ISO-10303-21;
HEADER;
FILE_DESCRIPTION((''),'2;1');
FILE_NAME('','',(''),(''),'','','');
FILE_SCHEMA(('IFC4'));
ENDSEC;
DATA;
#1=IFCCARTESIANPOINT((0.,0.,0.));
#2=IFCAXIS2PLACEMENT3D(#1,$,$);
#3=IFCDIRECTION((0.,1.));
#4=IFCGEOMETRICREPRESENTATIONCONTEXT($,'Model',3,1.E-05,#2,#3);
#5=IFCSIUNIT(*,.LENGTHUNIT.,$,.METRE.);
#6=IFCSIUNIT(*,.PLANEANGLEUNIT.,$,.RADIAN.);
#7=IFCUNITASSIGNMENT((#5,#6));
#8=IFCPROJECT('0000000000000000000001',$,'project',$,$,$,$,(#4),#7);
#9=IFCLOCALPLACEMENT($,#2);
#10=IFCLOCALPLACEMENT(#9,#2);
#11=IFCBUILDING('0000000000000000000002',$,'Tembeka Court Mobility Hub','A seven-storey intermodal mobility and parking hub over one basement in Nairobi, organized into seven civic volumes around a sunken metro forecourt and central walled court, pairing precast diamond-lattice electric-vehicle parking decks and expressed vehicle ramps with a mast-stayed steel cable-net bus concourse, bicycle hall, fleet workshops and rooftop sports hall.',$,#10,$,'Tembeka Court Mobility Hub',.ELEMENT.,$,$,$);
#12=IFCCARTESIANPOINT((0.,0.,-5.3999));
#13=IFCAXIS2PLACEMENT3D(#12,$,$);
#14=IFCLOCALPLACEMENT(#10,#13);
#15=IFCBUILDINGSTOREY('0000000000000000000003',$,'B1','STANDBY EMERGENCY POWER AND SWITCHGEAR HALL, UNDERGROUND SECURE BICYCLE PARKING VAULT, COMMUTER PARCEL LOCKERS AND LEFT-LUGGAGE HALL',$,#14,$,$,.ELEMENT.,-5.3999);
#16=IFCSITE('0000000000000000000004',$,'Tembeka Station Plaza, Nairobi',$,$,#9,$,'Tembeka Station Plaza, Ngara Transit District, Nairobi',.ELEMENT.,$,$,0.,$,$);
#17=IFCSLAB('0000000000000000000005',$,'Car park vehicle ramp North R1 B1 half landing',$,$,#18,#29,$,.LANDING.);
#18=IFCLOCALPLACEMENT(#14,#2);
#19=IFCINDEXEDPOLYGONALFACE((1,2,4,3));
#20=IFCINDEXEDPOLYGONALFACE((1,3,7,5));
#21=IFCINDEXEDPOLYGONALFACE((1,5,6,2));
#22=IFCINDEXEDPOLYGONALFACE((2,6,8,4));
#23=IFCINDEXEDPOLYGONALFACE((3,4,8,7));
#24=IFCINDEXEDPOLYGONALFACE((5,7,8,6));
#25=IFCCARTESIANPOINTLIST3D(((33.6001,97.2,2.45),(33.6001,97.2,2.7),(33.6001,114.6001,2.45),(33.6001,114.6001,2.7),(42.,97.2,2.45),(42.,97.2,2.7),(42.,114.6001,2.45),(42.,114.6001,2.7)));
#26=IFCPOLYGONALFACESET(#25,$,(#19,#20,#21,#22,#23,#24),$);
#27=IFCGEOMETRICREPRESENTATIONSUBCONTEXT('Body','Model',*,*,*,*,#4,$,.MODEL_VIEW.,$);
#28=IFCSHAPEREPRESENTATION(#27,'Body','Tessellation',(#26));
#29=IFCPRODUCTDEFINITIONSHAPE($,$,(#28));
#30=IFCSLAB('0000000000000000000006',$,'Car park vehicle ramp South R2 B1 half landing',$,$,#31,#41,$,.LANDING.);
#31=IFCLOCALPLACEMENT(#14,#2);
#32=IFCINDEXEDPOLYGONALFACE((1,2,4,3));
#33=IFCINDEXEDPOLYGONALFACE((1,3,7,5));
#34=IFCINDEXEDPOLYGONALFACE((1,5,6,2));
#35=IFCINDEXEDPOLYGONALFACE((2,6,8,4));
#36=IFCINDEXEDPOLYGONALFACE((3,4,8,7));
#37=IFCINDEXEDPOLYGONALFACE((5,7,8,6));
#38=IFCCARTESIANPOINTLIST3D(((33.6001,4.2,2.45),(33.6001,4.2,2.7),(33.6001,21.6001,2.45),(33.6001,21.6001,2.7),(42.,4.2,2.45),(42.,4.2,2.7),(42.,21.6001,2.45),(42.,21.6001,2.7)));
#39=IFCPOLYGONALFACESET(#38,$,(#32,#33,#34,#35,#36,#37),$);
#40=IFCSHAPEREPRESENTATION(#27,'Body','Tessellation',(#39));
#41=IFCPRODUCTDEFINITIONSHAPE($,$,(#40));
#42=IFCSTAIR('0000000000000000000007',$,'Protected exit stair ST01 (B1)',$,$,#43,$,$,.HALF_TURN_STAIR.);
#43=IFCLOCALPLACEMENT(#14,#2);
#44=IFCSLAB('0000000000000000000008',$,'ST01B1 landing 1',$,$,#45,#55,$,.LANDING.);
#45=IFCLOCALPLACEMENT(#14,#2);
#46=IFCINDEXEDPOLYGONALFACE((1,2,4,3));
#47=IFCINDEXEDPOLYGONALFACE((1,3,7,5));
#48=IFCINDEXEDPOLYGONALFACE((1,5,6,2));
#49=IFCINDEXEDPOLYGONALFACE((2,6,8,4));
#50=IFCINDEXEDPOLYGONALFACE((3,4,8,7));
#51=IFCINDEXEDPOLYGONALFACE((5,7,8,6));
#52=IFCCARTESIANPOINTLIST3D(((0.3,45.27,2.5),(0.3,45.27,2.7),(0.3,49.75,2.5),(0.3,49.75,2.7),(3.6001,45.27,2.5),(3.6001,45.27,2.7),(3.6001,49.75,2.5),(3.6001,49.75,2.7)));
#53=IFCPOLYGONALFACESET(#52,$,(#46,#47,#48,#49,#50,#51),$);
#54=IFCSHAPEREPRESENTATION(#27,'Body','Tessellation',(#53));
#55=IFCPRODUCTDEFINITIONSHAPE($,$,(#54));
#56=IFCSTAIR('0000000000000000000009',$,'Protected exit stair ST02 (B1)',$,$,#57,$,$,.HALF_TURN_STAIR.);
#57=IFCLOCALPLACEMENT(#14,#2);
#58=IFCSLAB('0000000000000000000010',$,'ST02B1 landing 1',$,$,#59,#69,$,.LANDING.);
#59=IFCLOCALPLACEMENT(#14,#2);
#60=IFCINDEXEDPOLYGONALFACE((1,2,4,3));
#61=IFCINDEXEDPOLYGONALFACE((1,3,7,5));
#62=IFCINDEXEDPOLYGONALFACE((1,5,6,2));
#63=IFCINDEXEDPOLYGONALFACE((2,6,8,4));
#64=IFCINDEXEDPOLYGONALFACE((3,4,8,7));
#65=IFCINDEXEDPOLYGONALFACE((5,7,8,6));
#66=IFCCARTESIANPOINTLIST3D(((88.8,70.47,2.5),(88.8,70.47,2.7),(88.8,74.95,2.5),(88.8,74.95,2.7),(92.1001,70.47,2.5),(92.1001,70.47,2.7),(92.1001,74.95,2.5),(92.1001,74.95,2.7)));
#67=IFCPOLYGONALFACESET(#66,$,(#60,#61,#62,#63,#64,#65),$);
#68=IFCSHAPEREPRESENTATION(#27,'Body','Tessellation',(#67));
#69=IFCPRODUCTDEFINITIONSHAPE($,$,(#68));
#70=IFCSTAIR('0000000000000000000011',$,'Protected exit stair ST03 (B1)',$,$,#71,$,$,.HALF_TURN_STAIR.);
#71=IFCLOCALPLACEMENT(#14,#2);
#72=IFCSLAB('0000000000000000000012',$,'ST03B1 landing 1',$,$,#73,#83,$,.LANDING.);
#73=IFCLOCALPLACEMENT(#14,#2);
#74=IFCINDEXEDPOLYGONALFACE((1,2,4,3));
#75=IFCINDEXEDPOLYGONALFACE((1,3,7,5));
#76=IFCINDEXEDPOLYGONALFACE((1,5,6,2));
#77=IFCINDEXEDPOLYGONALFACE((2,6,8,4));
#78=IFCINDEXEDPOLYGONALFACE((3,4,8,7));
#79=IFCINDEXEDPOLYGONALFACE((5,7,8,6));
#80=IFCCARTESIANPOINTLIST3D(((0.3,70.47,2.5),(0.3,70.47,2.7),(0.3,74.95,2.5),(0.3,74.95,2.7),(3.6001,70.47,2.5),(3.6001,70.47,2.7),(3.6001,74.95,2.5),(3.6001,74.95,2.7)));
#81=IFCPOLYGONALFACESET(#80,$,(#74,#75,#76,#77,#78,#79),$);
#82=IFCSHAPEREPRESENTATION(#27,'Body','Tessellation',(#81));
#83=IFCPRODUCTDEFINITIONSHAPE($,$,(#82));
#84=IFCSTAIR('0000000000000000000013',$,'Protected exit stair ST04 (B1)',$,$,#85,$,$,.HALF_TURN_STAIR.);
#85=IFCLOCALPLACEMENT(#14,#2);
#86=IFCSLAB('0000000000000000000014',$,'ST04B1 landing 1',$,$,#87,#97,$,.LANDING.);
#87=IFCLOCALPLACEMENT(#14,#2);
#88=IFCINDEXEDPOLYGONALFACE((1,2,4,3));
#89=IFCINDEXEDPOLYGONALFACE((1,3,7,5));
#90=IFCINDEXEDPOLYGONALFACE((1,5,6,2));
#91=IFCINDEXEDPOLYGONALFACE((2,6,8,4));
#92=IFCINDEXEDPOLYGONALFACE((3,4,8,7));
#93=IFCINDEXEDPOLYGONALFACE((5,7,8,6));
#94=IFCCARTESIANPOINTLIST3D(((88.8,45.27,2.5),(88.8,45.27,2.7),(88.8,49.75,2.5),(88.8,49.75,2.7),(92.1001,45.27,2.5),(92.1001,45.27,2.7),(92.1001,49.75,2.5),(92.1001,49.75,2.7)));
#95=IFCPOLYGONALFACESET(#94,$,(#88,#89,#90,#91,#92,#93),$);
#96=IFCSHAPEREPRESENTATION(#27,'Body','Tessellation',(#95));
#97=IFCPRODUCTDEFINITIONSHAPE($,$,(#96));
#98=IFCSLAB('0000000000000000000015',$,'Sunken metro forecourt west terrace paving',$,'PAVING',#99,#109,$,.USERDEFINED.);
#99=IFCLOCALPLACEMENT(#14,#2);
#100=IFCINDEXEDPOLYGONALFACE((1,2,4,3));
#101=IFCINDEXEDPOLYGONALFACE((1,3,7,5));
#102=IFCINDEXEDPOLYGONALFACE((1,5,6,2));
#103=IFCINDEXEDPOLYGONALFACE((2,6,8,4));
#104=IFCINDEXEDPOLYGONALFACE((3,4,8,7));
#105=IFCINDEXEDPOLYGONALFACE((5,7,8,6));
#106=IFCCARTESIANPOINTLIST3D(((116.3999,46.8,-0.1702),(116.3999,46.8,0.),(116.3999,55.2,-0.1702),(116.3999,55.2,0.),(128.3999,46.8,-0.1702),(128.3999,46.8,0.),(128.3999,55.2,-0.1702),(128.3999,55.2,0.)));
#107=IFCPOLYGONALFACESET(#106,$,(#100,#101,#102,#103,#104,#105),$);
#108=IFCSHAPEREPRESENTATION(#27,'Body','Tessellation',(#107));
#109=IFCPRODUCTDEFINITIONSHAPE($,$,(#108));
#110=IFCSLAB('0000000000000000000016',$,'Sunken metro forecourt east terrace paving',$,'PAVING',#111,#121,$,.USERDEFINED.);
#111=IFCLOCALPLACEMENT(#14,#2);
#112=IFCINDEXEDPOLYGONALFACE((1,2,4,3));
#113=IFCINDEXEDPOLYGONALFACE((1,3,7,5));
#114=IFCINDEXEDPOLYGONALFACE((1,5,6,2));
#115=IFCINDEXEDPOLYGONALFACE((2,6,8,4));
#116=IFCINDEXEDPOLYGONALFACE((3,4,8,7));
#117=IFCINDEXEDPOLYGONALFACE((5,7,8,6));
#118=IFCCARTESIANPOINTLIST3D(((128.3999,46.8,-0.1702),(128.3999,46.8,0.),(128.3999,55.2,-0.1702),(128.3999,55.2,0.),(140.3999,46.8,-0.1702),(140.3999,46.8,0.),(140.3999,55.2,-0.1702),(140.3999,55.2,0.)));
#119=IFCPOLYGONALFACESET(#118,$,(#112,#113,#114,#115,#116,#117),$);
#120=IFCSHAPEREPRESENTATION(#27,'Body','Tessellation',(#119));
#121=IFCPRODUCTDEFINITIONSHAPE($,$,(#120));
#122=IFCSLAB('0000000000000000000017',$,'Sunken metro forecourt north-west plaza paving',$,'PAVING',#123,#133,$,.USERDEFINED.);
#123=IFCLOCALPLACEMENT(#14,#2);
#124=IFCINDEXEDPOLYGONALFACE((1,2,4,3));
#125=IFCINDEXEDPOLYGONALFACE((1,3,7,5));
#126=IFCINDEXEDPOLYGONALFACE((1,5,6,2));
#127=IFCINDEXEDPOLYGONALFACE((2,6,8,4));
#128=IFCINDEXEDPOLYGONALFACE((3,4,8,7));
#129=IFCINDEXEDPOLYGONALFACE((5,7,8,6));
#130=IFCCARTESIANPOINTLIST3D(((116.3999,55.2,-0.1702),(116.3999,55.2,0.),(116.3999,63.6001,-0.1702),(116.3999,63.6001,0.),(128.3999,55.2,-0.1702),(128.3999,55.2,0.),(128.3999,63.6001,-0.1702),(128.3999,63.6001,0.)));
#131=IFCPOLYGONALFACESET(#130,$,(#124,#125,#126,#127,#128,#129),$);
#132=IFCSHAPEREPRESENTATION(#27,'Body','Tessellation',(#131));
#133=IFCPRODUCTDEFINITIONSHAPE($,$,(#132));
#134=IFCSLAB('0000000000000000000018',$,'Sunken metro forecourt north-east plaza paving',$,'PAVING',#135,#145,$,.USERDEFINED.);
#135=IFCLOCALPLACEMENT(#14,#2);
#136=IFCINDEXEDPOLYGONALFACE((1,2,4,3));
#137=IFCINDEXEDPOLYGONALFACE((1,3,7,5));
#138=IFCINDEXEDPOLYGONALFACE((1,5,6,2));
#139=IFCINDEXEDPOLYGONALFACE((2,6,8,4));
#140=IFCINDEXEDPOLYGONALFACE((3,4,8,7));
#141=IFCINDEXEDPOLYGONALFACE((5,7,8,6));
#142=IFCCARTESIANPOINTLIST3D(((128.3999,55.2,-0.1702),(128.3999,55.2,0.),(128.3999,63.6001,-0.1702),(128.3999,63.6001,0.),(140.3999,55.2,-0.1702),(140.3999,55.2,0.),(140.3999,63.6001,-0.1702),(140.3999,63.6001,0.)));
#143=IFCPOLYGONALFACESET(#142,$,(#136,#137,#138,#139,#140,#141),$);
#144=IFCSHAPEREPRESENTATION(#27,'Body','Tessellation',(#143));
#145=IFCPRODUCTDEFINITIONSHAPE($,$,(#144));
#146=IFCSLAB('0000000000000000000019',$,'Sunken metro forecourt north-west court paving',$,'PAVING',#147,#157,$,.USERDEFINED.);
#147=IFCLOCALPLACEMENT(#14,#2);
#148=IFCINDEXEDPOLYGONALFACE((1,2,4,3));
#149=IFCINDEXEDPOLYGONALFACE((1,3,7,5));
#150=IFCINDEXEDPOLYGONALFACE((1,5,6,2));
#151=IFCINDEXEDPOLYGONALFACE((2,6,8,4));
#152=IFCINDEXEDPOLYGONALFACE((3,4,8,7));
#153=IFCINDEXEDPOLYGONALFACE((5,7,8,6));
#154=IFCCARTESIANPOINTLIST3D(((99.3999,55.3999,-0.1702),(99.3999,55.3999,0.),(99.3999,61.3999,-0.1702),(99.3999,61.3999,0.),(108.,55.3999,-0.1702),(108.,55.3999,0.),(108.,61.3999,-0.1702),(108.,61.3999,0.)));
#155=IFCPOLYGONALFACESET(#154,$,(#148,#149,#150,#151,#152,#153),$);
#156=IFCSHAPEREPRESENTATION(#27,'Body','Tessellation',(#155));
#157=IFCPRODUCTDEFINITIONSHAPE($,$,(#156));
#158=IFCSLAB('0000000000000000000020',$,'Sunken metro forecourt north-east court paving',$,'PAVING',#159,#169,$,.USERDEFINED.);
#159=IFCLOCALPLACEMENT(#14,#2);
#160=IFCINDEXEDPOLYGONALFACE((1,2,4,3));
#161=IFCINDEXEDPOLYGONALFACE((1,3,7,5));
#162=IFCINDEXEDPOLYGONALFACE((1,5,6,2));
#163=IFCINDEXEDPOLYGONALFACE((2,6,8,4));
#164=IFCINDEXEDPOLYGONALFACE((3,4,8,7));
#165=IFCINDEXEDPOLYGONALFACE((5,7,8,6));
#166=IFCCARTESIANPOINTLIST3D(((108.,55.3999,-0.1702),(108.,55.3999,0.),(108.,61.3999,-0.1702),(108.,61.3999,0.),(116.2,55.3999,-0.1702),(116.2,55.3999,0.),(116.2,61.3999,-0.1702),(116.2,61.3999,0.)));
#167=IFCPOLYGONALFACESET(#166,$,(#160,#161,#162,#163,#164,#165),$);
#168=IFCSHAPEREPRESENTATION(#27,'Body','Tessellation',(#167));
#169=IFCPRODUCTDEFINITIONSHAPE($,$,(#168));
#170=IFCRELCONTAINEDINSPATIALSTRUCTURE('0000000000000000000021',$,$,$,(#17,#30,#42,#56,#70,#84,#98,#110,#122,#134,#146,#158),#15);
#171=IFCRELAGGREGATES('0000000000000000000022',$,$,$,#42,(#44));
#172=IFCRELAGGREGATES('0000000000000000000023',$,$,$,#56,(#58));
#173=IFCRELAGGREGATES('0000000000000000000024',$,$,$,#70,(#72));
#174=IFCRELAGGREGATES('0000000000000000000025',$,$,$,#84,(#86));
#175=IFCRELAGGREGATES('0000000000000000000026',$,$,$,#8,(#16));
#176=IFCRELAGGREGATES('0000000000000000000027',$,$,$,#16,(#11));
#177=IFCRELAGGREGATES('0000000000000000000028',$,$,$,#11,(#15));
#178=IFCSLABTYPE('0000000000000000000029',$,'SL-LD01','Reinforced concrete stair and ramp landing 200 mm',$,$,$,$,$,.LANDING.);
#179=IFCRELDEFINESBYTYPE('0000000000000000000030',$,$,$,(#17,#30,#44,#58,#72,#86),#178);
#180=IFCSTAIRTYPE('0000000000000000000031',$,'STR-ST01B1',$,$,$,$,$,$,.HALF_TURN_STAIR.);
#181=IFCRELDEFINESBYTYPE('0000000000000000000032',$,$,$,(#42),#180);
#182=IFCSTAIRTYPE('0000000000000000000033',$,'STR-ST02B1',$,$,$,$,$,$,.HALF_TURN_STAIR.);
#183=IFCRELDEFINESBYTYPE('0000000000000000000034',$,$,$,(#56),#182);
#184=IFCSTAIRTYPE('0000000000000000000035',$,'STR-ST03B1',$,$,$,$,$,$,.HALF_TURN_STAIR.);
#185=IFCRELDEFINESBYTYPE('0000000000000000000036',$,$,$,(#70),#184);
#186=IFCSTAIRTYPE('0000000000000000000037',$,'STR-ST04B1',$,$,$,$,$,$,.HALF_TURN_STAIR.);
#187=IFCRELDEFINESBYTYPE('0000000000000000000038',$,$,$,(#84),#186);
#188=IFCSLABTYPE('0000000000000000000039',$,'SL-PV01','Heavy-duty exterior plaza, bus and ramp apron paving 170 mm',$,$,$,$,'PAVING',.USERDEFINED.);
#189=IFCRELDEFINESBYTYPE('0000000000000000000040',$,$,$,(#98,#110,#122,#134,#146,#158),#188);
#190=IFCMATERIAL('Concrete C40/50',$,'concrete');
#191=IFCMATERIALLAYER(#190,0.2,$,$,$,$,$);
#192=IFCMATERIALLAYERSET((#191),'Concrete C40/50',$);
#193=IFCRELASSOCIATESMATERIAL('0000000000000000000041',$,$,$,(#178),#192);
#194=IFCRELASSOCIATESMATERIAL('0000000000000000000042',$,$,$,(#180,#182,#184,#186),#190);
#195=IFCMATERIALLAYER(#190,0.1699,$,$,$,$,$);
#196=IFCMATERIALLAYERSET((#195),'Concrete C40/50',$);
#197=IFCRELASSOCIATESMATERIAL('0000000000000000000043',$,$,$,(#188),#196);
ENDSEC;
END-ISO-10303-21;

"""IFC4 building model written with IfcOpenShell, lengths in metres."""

from ifc_helpers import new_model, si_unit, direction, frame, origin, place, context, subcontext, project, spatial, polyline, outline, extrude, material, layer, layer_set, type_object, element, aggregate, save


model = new_model("IFC4")

# Units and contexts
model_context = context("Model", 3, precision=1e-05, world=origin(), true_north=direction((0.0, 1.0)))
body_context = subcontext(model_context, "Body", "Model", "MODEL_VIEW")
ifc_project = project(units=[si_unit("LENGTHUNIT", "METRE"), si_unit("PLANEANGLEUNIT", "RADIAN")], contexts=[model_context])

# Site, building, storey
site_placement = place(None, origin())
site = spatial("IfcSite", under=ifc_project, at=site_placement, Name="Tembeka Station Plaza, Nairobi", LongName="Tembeka Station Plaza, Ngara Transit District, Nairobi", CompositionType="ELEMENT", RefElevation=0.0)
building_placement = place(site_placement, origin())
building = spatial("IfcBuilding", under=site, at=building_placement, Name="Tembeka Court Mobility Hub", Description="A seven-storey intermodal mobility and parking hub over one basement in Nairobi, organized into seven civic volumes around a sunken metro forecourt and central walled court, pairing precast diamond-lattice electric-vehicle parking decks and expressed vehicle ramps with a mast-stayed steel cable-net bus concourse, bicycle hall, fleet workshops and rooftop sports hall.", LongName="Tembeka Court Mobility Hub", CompositionType="ELEMENT")
storey_placement = place(building_placement, frame((0.0, 0.0, -5.3999)))
storey = spatial("IfcBuildingStorey", under=building, at=storey_placement, Name="B1", Description="STANDBY EMERGENCY POWER AND SWITCHGEAR HALL, UNDERGROUND SECURE BICYCLE PARKING VAULT, COMMUTER PARCEL LOCKERS AND LEFT-LUGGAGE HALL", CompositionType="ELEMENT", Elevation=-5.3999)

# Shared definitions
ifc_material_1 = material(Name="Concrete C40/50", Category="concrete")

# Slabs
ifc_layer_1 = layer(ifc_material_1, 0.2)
ifc_layer_set_1 = layer_set([ifc_layer_1], Name="Concrete C40/50")
slab_type_1 = type_object("IfcSlabType", Name="SL-LD01", Description="Reinforced concrete stair and ramp landing 200 mm", PredefinedType="LANDING", material=ifc_layer_set_1)
slab_1_placement = place(storey_placement, frame((0.0, 0.0, 2.45)))
element("IfcSlab", 1, at=slab_1_placement, inside=storey, type_object=slab_type_1, Name="Car park vehicle ramp North R1 B1 half landing", PredefinedType="LANDING", context=body_context, shape_type="SweptSolid", body=[
    extrude(outline(polyline([(33.6001, 97.2), (42.0, 97.2), (42.0, 114.6001), (33.6001, 114.6001), (33.6001, 97.2)])), origin(), (0.0, 0.0, 1.0), 0.25),
])
slab_2_placement = place(storey_placement, frame((0.0, 0.0, 2.45)))
element("IfcSlab", 2, at=slab_2_placement, inside=storey, type_object=slab_type_1, Name="Car park vehicle ramp South R2 B1 half landing", PredefinedType="LANDING", context=body_context, shape_type="SweptSolid", body=[
    extrude(outline(polyline([(33.6001, 4.2), (42.0, 4.2), (42.0, 21.6001), (33.6001, 21.6001), (33.6001, 4.2)])), origin(), (0.0, 0.0, 1.0), 0.25),
])

# Stairs, slabs
stair_type_1 = type_object("IfcStairType", Name="STR-ST01B1", PredefinedType="HALF_TURN_STAIR", material=ifc_material_1)
stair_1_placement = place(storey_placement, origin())
stair_1 = element("IfcStair", 3, at=stair_1_placement, inside=storey, type_object=stair_type_1, Name="Protected exit stair ST01 (B1)", PredefinedType="HALF_TURN_STAIR")
slab_3_placement = place(storey_placement, frame((0.0, 0.0, 2.5)))
slab_3 = element("IfcSlab", 4, at=slab_3_placement, type_object=slab_type_1, Name="ST01B1 landing 1", PredefinedType="LANDING", context=body_context, shape_type="SweptSolid", body=[
    extrude(outline(polyline([(3.6001, 45.27), (3.6001, 49.75), (0.3, 49.75), (0.3, 45.27), (3.6001, 45.27)])), origin(), (0.0, 0.0, 1.0), 0.2),
])
aggregate(stair_1, [slab_3])
stair_type_2 = type_object("IfcStairType", Name="STR-ST02B1", PredefinedType="HALF_TURN_STAIR", material=ifc_material_1)
stair_2_placement = place(storey_placement, origin())
stair_2 = element("IfcStair", 5, at=stair_2_placement, inside=storey, type_object=stair_type_2, Name="Protected exit stair ST02 (B1)", PredefinedType="HALF_TURN_STAIR")
slab_4_placement = place(storey_placement, frame((0.0, 0.0, 2.5)))
slab_4 = element("IfcSlab", 6, at=slab_4_placement, type_object=slab_type_1, Name="ST02B1 landing 1", PredefinedType="LANDING", context=body_context, shape_type="SweptSolid", body=[
    extrude(outline(polyline([(92.1001, 70.47), (92.1001, 74.95), (88.8, 74.95), (88.8, 70.47), (92.1001, 70.47)])), origin(), (0.0, 0.0, 1.0), 0.2),
])
aggregate(stair_2, [slab_4])
stair_type_3 = type_object("IfcStairType", Name="STR-ST03B1", PredefinedType="HALF_TURN_STAIR", material=ifc_material_1)
stair_3_placement = place(storey_placement, origin())
stair_3 = element("IfcStair", 7, at=stair_3_placement, inside=storey, type_object=stair_type_3, Name="Protected exit stair ST03 (B1)", PredefinedType="HALF_TURN_STAIR")
slab_5_placement = place(storey_placement, frame((0.0, 0.0, 2.5)))
slab_5 = element("IfcSlab", 8, at=slab_5_placement, type_object=slab_type_1, Name="ST03B1 landing 1", PredefinedType="LANDING", context=body_context, shape_type="SweptSolid", body=[
    extrude(outline(polyline([(3.6001, 70.47), (3.6001, 74.95), (0.3, 74.95), (0.3, 70.47), (3.6001, 70.47)])), origin(), (0.0, 0.0, 1.0), 0.2),
])
aggregate(stair_3, [slab_5])
stair_type_4 = type_object("IfcStairType", Name="STR-ST04B1", PredefinedType="HALF_TURN_STAIR", material=ifc_material_1)
stair_4_placement = place(storey_placement, origin())
stair_4 = element("IfcStair", 9, at=stair_4_placement, inside=storey, type_object=stair_type_4, Name="Protected exit stair ST04 (B1)", PredefinedType="HALF_TURN_STAIR")
slab_6_placement = place(storey_placement, frame((0.0, 0.0, 2.5)))
slab_6 = element("IfcSlab", 10, at=slab_6_placement, type_object=slab_type_1, Name="ST04B1 landing 1", PredefinedType="LANDING", context=body_context, shape_type="SweptSolid", body=[
    extrude(outline(polyline([(92.1001, 45.27), (92.1001, 49.75), (88.8, 49.75), (88.8, 45.27), (92.1001, 45.27)])), origin(), (0.0, 0.0, 1.0), 0.2),
])
aggregate(stair_4, [slab_6])

# Slabs
ifc_layer_2 = layer(ifc_material_1, 0.1699)
ifc_layer_set_2 = layer_set([ifc_layer_2], Name="Concrete C40/50")
slab_type_2 = type_object("IfcSlabType", Name="SL-PV01", Description="Heavy-duty exterior plaza, bus and ramp apron paving 170 mm", ElementType="PAVING", PredefinedType="USERDEFINED", material=ifc_layer_set_2)
slab_7_placement = place(storey_placement, frame((0.0, 0.0, -0.1702)))
element("IfcSlab", 11, at=slab_7_placement, inside=storey, type_object=slab_type_2, Name="Sunken metro forecourt west terrace paving", ObjectType="PAVING", PredefinedType="USERDEFINED", context=body_context, shape_type="SweptSolid", body=[
    extrude(outline(polyline([(116.3999, 46.8), (128.3999, 46.8), (128.3999, 55.2), (116.3999, 55.2), (116.3999, 46.8)])), origin(), (0.0, 0.0, 1.0), 0.1702),
])
slab_8_placement = place(storey_placement, frame((0.0, 0.0, -0.1702)))
element("IfcSlab", 12, at=slab_8_placement, inside=storey, type_object=slab_type_2, Name="Sunken metro forecourt east terrace paving", ObjectType="PAVING", PredefinedType="USERDEFINED", context=body_context, shape_type="SweptSolid", body=[
    extrude(outline(polyline([(128.3999, 46.8), (140.3999, 46.8), (140.3999, 55.2), (128.3999, 55.2), (128.3999, 46.8)])), origin(), (0.0, 0.0, 1.0), 0.1702),
])
slab_9_placement = place(storey_placement, frame((0.0, 0.0, -0.1702)))
element("IfcSlab", 13, at=slab_9_placement, inside=storey, type_object=slab_type_2, Name="Sunken metro forecourt north-west plaza paving", ObjectType="PAVING", PredefinedType="USERDEFINED", context=body_context, shape_type="SweptSolid", body=[
    extrude(outline(polyline([(116.3999, 55.2), (128.3999, 55.2), (128.3999, 63.6001), (116.3999, 63.6001), (116.3999, 55.2)])), origin(), (0.0, 0.0, 1.0), 0.1702),
])
slab_10_placement = place(storey_placement, frame((0.0, 0.0, -0.1702)))
element("IfcSlab", 14, at=slab_10_placement, inside=storey, type_object=slab_type_2, Name="Sunken metro forecourt north-east plaza paving", ObjectType="PAVING", PredefinedType="USERDEFINED", context=body_context, shape_type="SweptSolid", body=[
    extrude(outline(polyline([(128.3999, 55.2), (140.3999, 55.2), (140.3999, 63.6001), (128.3999, 63.6001), (128.3999, 55.2)])), origin(), (0.0, 0.0, 1.0), 0.1702),
])
slab_11_placement = place(storey_placement, frame((0.0, 0.0, -0.1702)))
element("IfcSlab", 15, at=slab_11_placement, inside=storey, type_object=slab_type_2, Name="Sunken metro forecourt north-west court paving", ObjectType="PAVING", PredefinedType="USERDEFINED", context=body_context, shape_type="SweptSolid", body=[
    extrude(outline(polyline([(99.3999, 55.3999), (108.0, 55.3999), (108.0, 61.3999), (99.3999, 61.3999), (99.3999, 55.3999)])), origin(), (0.0, 0.0, 1.0), 0.1702),
])
slab_12_placement = place(storey_placement, frame((0.0, 0.0, -0.1702)))
element("IfcSlab", 16, at=slab_12_placement, inside=storey, type_object=slab_type_2, Name="Sunken metro forecourt north-east court paving", ObjectType="PAVING", PredefinedType="USERDEFINED", context=body_context, shape_type="SweptSolid", body=[
    extrude(outline(polyline([(108.0, 55.3999), (116.2, 55.3999), (116.2, 61.3999), (108.0, 61.3999), (108.0, 55.3999)])), origin(), (0.0, 0.0, 1.0), 0.1702),
])

save(model, "model.ifc")
